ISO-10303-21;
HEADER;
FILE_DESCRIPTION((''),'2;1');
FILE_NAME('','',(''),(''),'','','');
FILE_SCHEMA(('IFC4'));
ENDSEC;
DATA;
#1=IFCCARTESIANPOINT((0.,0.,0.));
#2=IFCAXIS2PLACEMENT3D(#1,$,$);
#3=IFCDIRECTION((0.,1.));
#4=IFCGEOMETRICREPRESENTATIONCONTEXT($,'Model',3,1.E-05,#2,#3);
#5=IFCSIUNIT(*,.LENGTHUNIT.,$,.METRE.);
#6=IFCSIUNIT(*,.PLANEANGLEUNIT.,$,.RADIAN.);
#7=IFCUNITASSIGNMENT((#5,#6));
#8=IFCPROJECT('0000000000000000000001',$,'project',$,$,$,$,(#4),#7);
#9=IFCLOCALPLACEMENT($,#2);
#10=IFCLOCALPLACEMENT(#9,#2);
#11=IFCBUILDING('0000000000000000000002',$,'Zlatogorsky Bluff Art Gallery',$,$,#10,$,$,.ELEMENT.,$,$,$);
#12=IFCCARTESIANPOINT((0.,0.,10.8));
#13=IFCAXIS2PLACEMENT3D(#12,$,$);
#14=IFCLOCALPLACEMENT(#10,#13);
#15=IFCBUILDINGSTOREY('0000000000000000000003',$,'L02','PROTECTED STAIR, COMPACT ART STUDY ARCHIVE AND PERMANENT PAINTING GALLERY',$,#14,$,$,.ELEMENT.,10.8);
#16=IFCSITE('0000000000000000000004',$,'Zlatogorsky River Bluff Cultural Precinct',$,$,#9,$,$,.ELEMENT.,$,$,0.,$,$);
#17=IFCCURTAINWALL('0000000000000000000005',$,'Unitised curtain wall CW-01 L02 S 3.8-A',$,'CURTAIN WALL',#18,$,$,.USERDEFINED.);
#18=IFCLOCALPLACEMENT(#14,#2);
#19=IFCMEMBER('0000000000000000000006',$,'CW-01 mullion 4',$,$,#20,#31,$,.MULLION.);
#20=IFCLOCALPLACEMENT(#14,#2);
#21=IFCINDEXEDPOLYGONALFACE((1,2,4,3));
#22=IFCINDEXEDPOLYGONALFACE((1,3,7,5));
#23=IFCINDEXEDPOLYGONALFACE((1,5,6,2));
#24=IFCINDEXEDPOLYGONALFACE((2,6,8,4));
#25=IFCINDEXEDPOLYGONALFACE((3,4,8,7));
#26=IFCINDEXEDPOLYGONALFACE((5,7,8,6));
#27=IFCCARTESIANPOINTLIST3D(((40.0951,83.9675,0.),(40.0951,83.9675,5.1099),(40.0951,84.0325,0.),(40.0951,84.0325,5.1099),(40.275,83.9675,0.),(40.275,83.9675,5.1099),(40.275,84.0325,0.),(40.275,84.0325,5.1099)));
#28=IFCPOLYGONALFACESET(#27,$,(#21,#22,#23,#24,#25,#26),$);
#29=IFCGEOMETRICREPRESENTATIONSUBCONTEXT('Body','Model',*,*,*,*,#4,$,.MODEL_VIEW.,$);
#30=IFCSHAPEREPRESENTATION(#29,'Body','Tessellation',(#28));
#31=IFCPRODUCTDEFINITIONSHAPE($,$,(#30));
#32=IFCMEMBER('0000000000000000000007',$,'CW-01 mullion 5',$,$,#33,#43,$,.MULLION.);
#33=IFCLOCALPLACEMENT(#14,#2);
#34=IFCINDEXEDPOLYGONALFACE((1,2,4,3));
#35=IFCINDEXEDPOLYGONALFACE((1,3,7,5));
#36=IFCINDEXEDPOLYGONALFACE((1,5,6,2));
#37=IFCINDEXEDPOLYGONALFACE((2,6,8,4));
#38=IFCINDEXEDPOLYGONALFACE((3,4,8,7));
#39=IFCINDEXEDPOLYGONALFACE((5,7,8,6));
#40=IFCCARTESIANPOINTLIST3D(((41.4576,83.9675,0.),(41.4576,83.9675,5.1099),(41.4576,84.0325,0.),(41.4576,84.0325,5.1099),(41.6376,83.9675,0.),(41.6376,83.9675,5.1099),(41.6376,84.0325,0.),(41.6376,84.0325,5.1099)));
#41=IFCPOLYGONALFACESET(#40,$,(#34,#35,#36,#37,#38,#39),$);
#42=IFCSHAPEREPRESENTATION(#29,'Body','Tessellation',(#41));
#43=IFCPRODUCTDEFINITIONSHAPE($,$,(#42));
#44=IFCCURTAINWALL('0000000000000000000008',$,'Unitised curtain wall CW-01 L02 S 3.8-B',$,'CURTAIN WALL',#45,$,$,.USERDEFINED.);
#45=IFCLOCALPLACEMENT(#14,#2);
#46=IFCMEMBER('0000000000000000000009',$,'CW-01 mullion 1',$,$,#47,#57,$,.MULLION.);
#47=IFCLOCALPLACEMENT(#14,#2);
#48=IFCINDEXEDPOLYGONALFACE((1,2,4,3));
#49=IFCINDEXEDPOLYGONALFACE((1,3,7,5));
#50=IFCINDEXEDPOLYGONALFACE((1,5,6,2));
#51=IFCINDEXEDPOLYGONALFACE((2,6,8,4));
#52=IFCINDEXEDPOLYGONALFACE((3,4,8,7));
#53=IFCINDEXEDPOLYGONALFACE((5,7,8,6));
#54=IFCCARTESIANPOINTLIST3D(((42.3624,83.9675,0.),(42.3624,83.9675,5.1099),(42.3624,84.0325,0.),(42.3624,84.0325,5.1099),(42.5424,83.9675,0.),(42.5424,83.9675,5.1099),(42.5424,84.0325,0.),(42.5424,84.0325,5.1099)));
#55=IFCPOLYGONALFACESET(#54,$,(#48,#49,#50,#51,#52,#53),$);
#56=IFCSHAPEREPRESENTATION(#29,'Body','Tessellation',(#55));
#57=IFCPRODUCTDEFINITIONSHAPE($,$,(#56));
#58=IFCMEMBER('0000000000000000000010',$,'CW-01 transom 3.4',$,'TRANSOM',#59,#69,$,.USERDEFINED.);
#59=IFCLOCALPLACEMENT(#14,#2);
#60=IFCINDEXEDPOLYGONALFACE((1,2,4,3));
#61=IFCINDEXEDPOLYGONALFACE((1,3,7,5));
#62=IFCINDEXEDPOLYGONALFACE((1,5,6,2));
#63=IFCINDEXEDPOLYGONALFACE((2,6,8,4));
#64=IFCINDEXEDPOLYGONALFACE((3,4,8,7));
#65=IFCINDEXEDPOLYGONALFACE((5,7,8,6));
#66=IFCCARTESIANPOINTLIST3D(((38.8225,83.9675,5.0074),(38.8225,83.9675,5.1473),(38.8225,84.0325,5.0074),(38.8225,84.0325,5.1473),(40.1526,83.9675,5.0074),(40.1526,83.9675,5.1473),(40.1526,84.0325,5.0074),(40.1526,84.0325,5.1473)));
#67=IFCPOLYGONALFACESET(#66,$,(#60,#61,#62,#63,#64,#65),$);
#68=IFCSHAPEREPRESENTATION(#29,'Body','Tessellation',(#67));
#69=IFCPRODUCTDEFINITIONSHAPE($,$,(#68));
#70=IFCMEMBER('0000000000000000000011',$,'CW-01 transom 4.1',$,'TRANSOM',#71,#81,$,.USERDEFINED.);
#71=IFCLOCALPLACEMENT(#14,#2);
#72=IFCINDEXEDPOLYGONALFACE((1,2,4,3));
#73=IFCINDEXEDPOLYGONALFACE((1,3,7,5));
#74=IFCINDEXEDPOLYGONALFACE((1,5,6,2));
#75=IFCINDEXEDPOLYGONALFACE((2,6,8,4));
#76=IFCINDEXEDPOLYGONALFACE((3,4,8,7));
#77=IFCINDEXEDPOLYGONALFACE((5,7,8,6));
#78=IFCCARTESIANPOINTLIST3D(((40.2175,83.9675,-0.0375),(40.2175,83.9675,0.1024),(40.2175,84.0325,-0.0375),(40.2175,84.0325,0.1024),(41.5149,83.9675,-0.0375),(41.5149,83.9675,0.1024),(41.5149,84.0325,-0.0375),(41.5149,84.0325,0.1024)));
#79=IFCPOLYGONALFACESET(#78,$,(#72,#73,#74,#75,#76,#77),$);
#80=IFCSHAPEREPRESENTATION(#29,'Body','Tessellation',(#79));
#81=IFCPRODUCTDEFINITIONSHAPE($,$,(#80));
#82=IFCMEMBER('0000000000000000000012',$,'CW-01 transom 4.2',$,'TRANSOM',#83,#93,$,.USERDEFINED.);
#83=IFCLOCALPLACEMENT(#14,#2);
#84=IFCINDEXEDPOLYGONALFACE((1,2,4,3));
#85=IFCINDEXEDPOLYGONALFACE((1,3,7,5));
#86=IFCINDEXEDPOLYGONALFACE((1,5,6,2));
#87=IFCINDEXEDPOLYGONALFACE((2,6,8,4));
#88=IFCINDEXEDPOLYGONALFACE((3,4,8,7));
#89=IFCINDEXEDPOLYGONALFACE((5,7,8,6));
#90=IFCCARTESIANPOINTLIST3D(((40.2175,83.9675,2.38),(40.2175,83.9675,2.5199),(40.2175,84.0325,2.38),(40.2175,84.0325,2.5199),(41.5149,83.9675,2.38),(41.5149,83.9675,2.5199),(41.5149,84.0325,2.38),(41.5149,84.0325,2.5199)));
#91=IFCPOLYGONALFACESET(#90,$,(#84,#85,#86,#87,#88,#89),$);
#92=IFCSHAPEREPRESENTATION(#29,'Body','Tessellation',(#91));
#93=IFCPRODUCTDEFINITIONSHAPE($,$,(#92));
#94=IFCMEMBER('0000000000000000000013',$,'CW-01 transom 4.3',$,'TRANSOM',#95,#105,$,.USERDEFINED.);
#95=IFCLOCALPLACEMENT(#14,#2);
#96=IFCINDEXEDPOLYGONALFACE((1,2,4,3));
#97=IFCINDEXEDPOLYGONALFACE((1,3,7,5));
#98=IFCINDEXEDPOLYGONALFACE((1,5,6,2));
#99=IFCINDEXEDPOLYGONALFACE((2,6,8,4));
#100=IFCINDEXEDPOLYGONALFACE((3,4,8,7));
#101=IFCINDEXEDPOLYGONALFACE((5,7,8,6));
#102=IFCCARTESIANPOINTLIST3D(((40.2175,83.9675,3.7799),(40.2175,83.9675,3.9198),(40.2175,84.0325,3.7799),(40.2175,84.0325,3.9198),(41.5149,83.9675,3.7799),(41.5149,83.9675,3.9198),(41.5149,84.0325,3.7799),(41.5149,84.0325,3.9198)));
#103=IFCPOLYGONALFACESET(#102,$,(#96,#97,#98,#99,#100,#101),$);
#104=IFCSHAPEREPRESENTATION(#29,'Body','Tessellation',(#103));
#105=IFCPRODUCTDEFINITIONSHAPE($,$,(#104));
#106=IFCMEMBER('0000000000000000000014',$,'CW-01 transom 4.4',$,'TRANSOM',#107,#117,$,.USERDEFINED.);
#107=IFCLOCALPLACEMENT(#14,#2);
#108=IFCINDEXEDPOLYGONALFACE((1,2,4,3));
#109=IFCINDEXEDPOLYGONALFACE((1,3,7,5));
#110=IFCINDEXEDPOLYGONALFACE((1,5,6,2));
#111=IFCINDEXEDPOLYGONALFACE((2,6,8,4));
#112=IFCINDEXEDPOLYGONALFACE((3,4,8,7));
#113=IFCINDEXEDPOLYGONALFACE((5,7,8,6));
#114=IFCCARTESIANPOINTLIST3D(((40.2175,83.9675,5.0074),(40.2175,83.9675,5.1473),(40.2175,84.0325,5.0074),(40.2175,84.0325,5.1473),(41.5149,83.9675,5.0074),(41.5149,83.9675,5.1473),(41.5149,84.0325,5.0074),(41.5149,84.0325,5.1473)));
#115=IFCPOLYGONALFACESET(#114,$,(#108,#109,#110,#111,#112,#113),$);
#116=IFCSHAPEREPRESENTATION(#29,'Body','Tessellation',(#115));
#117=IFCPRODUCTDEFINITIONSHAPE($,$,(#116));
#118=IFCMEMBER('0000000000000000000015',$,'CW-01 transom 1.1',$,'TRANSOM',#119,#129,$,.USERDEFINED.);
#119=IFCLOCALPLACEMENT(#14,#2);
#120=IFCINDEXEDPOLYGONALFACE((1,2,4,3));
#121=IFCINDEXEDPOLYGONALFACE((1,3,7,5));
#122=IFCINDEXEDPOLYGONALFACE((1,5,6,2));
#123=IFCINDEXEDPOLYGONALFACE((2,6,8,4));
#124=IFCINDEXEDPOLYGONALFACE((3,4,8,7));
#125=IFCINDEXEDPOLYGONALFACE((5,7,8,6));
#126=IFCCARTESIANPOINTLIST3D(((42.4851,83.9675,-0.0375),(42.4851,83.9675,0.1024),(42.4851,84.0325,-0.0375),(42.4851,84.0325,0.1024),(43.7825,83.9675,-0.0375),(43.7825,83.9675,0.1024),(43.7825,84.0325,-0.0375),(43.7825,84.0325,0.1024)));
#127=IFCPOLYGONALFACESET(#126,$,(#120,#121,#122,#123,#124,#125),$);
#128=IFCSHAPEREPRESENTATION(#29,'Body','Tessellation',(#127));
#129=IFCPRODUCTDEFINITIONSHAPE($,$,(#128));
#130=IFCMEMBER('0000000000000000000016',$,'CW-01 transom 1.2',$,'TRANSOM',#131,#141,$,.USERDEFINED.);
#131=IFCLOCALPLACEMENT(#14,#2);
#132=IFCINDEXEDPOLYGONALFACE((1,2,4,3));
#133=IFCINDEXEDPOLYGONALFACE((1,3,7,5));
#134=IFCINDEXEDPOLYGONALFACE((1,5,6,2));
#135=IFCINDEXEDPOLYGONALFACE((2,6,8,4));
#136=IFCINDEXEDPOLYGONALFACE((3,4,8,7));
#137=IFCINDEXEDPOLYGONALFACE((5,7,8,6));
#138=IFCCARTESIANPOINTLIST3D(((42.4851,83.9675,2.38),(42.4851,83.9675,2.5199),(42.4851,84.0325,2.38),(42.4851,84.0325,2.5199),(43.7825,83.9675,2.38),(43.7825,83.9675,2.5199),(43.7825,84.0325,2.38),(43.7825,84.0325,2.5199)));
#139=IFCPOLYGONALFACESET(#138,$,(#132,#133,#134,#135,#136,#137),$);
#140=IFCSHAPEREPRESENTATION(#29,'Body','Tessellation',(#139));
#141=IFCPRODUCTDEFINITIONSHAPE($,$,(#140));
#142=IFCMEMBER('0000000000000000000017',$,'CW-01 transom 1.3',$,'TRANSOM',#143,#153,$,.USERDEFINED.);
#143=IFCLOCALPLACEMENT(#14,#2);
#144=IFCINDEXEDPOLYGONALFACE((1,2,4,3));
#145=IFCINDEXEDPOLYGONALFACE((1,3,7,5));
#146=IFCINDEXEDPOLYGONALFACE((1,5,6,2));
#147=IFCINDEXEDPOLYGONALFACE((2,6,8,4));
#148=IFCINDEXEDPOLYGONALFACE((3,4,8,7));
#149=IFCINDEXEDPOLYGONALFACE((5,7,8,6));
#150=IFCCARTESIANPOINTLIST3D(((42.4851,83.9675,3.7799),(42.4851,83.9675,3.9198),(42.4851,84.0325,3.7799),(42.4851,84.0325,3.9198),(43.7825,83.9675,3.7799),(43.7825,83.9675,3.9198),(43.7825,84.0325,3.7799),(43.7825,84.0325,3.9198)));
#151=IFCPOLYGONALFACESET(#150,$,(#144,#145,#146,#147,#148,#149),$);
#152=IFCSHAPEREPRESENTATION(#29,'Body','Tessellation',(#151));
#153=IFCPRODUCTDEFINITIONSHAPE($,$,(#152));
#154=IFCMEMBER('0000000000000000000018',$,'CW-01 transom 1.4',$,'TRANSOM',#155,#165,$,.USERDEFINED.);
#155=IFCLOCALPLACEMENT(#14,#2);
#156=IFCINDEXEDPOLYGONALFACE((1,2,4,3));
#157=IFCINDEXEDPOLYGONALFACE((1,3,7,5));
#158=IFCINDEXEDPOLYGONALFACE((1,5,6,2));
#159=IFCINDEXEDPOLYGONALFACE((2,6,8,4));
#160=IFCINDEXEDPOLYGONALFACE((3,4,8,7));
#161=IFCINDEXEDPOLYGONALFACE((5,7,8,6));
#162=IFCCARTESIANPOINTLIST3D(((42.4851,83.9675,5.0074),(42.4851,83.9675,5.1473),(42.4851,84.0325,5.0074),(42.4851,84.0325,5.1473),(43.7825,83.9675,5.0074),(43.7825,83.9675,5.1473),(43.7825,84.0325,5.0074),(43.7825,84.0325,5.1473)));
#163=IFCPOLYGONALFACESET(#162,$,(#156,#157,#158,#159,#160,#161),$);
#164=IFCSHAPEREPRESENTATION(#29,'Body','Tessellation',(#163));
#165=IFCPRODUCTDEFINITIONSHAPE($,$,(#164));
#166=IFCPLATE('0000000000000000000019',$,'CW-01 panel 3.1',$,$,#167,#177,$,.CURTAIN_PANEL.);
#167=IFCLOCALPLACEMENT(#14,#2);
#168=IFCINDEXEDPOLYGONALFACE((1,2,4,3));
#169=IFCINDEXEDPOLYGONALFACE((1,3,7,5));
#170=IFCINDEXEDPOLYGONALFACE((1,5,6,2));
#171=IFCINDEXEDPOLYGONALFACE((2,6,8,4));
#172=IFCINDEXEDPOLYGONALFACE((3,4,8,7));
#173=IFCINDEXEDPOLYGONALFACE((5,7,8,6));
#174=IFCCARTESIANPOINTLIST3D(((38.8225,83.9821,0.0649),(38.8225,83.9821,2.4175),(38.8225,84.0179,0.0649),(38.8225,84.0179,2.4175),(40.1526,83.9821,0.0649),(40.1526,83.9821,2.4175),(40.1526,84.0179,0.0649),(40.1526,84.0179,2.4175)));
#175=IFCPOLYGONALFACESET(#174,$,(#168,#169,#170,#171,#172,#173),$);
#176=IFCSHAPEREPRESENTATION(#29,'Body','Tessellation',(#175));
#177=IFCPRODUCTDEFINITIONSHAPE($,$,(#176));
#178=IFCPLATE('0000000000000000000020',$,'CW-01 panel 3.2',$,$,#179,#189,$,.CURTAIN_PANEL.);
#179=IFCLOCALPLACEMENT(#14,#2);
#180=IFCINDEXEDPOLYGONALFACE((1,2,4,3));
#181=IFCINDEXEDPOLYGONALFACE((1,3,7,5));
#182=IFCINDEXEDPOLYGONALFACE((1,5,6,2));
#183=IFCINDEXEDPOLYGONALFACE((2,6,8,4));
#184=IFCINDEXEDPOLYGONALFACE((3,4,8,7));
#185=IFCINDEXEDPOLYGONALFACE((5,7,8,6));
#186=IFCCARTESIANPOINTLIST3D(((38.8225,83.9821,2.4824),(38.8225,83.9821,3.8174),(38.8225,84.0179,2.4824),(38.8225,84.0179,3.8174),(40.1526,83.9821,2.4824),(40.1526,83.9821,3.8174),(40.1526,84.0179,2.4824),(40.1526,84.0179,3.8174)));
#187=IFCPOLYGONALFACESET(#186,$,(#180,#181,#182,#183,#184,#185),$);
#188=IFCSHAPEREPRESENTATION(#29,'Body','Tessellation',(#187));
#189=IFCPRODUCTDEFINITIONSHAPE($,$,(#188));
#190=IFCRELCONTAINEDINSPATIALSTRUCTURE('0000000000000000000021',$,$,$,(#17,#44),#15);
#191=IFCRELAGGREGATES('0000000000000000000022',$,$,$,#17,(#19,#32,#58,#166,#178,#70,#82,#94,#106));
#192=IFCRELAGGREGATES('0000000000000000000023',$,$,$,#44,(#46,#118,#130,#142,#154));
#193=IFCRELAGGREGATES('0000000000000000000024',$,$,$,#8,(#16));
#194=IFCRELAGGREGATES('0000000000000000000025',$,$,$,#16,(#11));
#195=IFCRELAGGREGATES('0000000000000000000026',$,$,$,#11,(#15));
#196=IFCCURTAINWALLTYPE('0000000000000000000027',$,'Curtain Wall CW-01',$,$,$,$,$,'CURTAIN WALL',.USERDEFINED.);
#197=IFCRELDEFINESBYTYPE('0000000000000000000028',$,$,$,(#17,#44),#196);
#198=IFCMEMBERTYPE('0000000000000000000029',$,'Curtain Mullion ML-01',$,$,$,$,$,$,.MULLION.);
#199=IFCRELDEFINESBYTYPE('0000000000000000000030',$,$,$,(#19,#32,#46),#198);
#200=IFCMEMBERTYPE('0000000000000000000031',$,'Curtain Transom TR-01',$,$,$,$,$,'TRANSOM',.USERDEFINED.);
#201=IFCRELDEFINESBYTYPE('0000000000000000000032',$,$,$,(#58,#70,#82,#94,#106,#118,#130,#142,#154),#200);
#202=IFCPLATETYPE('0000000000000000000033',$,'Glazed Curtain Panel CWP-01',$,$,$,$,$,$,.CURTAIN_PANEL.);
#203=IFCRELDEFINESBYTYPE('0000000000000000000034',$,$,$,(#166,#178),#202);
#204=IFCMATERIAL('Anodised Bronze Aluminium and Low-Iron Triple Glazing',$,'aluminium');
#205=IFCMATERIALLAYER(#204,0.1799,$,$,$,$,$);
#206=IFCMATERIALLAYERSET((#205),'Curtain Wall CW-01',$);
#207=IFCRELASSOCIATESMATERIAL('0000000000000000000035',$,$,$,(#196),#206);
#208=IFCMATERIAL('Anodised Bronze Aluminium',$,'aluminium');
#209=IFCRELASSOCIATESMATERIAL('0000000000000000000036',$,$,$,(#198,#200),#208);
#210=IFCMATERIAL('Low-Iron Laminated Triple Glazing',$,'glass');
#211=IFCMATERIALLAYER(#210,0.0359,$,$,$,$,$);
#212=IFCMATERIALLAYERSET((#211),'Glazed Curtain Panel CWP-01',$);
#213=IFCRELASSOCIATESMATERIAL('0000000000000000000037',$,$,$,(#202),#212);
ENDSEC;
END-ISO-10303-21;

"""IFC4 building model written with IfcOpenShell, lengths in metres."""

from ifc_helpers import new_model, si_unit, direction, frame, origin, origin_2d, place, context, subcontext, project, spatial, rectangle, extrude, material, layer, layer_set, material_profile, profile_set, type_object, element, aggregate, save


model = new_model("IFC4")

# Units and contexts
model_context = context("Model", 3, precision=1e-05, world=origin(), true_north=direction((0.0, 1.0)))
body_context = subcontext(model_context, "Body", "Model", "MODEL_VIEW")
ifc_project = project(units=[si_unit("LENGTHUNIT", "METRE"), si_unit("PLANEANGLEUNIT", "RADIAN")], contexts=[model_context])

# Site, building, storey
site_placement = place(None, origin())
site = spatial("IfcSite", under=ifc_project, at=site_placement, Name="Zlatogorsky River Bluff Cultural Precinct", CompositionType="ELEMENT", RefElevation=0.0)
building_placement = place(site_placement, origin())
building = spatial("IfcBuilding", under=site, at=building_placement, Name="Zlatogorsky Bluff Art Gallery", CompositionType="ELEMENT")
storey_placement = place(building_placement, frame((0.0, 0.0, 10.8)))
storey = spatial("IfcBuildingStorey", under=building, at=storey_placement, Name="L02", Description="PROTECTED STAIR, COMPACT ART STUDY ARCHIVE AND PERMANENT PAINTING GALLERY", CompositionType="ELEMENT", Elevation=10.8)

# Curtain wall, members
ifc_material_1 = material(Name="Anodised Bronze Aluminium and Low-Iron Triple Glazing", Category="aluminium")
ifc_layer_1 = layer(ifc_material_1, 0.1799)
ifc_layer_set_1 = layer_set([ifc_layer_1], Name="Curtain Wall CW-01")
curtain_wall_type = type_object("IfcCurtainWallType", Name="Curtain Wall CW-01", ElementType="CURTAIN WALL", PredefinedType="USERDEFINED", material=ifc_layer_set_1)
curtain_wall_1_placement = place(storey_placement, origin())
curtain_wall_1 = element("IfcCurtainWall", 1, at=curtain_wall_1_placement, inside=storey, type_object=curtain_wall_type, Name="Unitised curtain wall CW-01 L02 S 3.8-A", ObjectType="CURTAIN WALL", PredefinedType="USERDEFINED")
ifc_material_2 = material(Name="Anodised Bronze Aluminium", Category="aluminium")
ifc_material_profile_1 = material_profile(ifc_material_2, rectangle(XDim=0.0649, YDim=0.1799, at=origin_2d()), Name="ALU MULLION 65x180")
ifc_profile_set_1 = profile_set([ifc_material_profile_1], Name="Anodised Bronze Aluminium")
member_type_1 = type_object("IfcMemberType", Name="Curtain Mullion ML-01", PredefinedType="MULLION", material=ifc_profile_set_1)
member_1_placement = place(storey_placement, frame((40.1851, 84.0, 0.0), z_axis=(0.0, 0.0, 1.0), x_axis=(0.0, 1.0, 0.0)))
member_1 = element("IfcMember", 2, at=member_1_placement, type_object=member_type_1, Name="CW-01 mullion 4", PredefinedType="MULLION", context=body_context, shape_type="SweptSolid", body=[
    extrude(rectangle(XDim=0.0649, YDim=0.1799, at=origin_2d()), origin(), (0.0, 0.0, 1.0), 5.1099),
])
member_2_placement = place(storey_placement, frame((41.5476, 84.0, 0.0), z_axis=(0.0, 0.0, 1.0), x_axis=(0.0, 1.0, 0.0)))
member_2 = element("IfcMember", 3, at=member_2_placement, type_object=member_type_1, Name="CW-01 mullion 5", PredefinedType="MULLION", context=body_context, shape_type="SweptSolid", body=[
    extrude(rectangle(XDim=0.0649, YDim=0.1799, at=origin_2d()), origin(), (0.0, 0.0, 1.0), 5.1099),
])

# Curtain wall, member
curtain_wall_2_placement = place(storey_placement, origin())
curtain_wall_2 = element("IfcCurtainWall", 4, at=curtain_wall_2_placement, inside=storey, type_object=curtain_wall_type, Name="Unitised curtain wall CW-01 L02 S 3.8-B", ObjectType="CURTAIN WALL", PredefinedType="USERDEFINED")
member_3_placement = place(storey_placement, frame((42.4524, 84.0, 0.0), z_axis=(0.0, 0.0, 1.0), x_axis=(0.0, 1.0, 0.0)))
member_3 = element("IfcMember", 5, at=member_3_placement, type_object=member_type_1, Name="CW-01 mullion 1", PredefinedType="MULLION", context=body_context, shape_type="SweptSolid", body=[
    extrude(rectangle(XDim=0.0649, YDim=0.1799, at=origin_2d()), origin(), (0.0, 0.0, 1.0), 5.1099),
])

# Members
ifc_material_profile_2 = material_profile(ifc_material_2, rectangle(XDim=0.0649, YDim=0.1399, at=origin_2d()), Name="ALU TRANSOM 65x140")
ifc_profile_set_2 = profile_set([ifc_material_profile_2], Name="Anodised Bronze Aluminium")
member_type_2 = type_object("IfcMemberType", Name="Curtain Transom TR-01", ElementType="TRANSOM", PredefinedType="USERDEFINED", material=ifc_profile_set_2)
member_4_placement = place(storey_placement, frame((38.8225, 84.0, 5.0774), z_axis=(1.0, 0.0, 0.0), x_axis=(0.0, 1.0, 0.0)))
member_4 = element("IfcMember", 6, at=member_4_placement, type_object=member_type_2, Name="CW-01 transom 3.4", ObjectType="TRANSOM", PredefinedType="USERDEFINED", context=body_context, shape_type="SweptSolid", body=[
    extrude(rectangle(XDim=0.0649, YDim=0.1399, at=origin_2d()), origin(), (0.0, 0.0, 1.0), 1.3301),
])
member_5_placement = place(storey_placement, frame((40.2175, 84.0, 0.0325), z_axis=(1.0, 0.0, 0.0), x_axis=(0.0, 1.0, 0.0)))
member_5 = element("IfcMember", 7, at=member_5_placement, type_object=member_type_2, Name="CW-01 transom 4.1", ObjectType="TRANSOM", PredefinedType="USERDEFINED", context=body_context, shape_type="SweptSolid", body=[
    extrude(rectangle(XDim=0.0649, YDim=0.1399, at=origin_2d()), origin(), (0.0, 0.0, 1.0), 1.2974),
])
member_6_placement = place(storey_placement, frame((40.2175, 84.0, 2.45), z_axis=(1.0, 0.0, 0.0), x_axis=(0.0, 1.0, 0.0)))
member_6 = element("IfcMember", 8, at=member_6_placement, type_object=member_type_2, Name="CW-01 transom 4.2", ObjectType="TRANSOM", PredefinedType="USERDEFINED", context=body_context, shape_type="SweptSolid", body=[
    extrude(rectangle(XDim=0.0649, YDim=0.1399, at=origin_2d()), origin(), (0.0, 0.0, 1.0), 1.2974),
])
member_7_placement = place(storey_placement, frame((40.2175, 84.0, 3.8499), z_axis=(1.0, 0.0, 0.0), x_axis=(0.0, 1.0, 0.0)))
member_7 = element("IfcMember", 9, at=member_7_placement, type_object=member_type_2, Name="CW-01 transom 4.3", ObjectType="TRANSOM", PredefinedType="USERDEFINED", context=body_context, shape_type="SweptSolid", body=[
    extrude(rectangle(XDim=0.0649, YDim=0.1399, at=origin_2d()), origin(), (0.0, 0.0, 1.0), 1.2974),
])
member_8_placement = place(storey_placement, frame((40.2175, 84.0, 5.0774), z_axis=(1.0, 0.0, 0.0), x_axis=(0.0, 1.0, 0.0)))
member_8 = element("IfcMember", 10, at=member_8_placement, type_object=member_type_2, Name="CW-01 transom 4.4", ObjectType="TRANSOM", PredefinedType="USERDEFINED", context=body_context, shape_type="SweptSolid", body=[
    extrude(rectangle(XDim=0.0649, YDim=0.1399, at=origin_2d()), origin(), (0.0, 0.0, 1.0), 1.2974),
])
member_9_placement = place(storey_placement, frame((42.4851, 84.0, 0.0325), z_axis=(1.0, 0.0, 0.0), x_axis=(0.0, 1.0, 0.0)))
member_9 = element("IfcMember", 11, at=member_9_placement, type_object=member_type_2, Name="CW-01 transom 1.1", ObjectType="TRANSOM", PredefinedType="USERDEFINED", context=body_context, shape_type="SweptSolid", body=[
    extrude(rectangle(XDim=0.0649, YDim=0.1399, at=origin_2d()), origin(), (0.0, 0.0, 1.0), 1.2974),
])
member_10_placement = place(storey_placement, frame((42.4851, 84.0, 2.45), z_axis=(1.0, 0.0, 0.0), x_axis=(0.0, 1.0, 0.0)))
member_10 = element("IfcMember", 12, at=member_10_placement, type_object=member_type_2, Name="CW-01 transom 1.2", ObjectType="TRANSOM", PredefinedType="USERDEFINED", context=body_context, shape_type="SweptSolid", body=[
    extrude(rectangle(XDim=0.0649, YDim=0.1399, at=origin_2d()), origin(), (0.0, 0.0, 1.0), 1.2974),
])
member_11_placement = place(storey_placement, frame((42.4851, 84.0, 3.8499), z_axis=(1.0, 0.0, 0.0), x_axis=(0.0, 1.0, 0.0)))
member_11 = element("IfcMember", 13, at=member_11_placement, type_object=member_type_2, Name="CW-01 transom 1.3", ObjectType="TRANSOM", PredefinedType="USERDEFINED", context=body_context, shape_type="SweptSolid", body=[
    extrude(rectangle(XDim=0.0649, YDim=0.1399, at=origin_2d()), origin(), (0.0, 0.0, 1.0), 1.2974),
])
member_12_placement = place(storey_placement, frame((42.4851, 84.0, 5.0774), z_axis=(1.0, 0.0, 0.0), x_axis=(0.0, 1.0, 0.0)))
member_12 = element("IfcMember", 14, at=member_12_placement, type_object=member_type_2, Name="CW-01 transom 1.4", ObjectType="TRANSOM", PredefinedType="USERDEFINED", context=body_context, shape_type="SweptSolid", body=[
    extrude(rectangle(XDim=0.0649, YDim=0.1399, at=origin_2d()), origin(), (0.0, 0.0, 1.0), 1.2974),
])

# Plates
ifc_material_3 = material(Name="Low-Iron Laminated Triple Glazing", Category="glass")
ifc_layer_2 = layer(ifc_material_3, 0.0359)
ifc_layer_set_2 = layer_set([ifc_layer_2], Name="Glazed Curtain Panel CWP-01")
plate_type = type_object("IfcPlateType", Name="Glazed Curtain Panel CWP-01", PredefinedType="CURTAIN_PANEL", material=ifc_layer_set_2)
plate_1_placement = place(storey_placement, frame((39.4875, 84.0, 0.0649), z_axis=(0.0, 0.0, 1.0), x_axis=(1.0, 0.0, 0.0)))
plate_1 = element("IfcPlate", 15, at=plate_1_placement, type_object=plate_type, Name="CW-01 panel 3.1", PredefinedType="CURTAIN_PANEL", context=body_context, shape_type="SweptSolid", body=[
    extrude(rectangle(XDim=1.3301, YDim=0.0359, at=origin_2d()), origin(), (0.0, 0.0, 1.0), 2.3525),
])
plate_2_placement = place(storey_placement, frame((39.4875, 84.0, 2.4824), z_axis=(0.0, 0.0, 1.0), x_axis=(1.0, 0.0, 0.0)))
plate_2 = element("IfcPlate", 16, at=plate_2_placement, type_object=plate_type, Name="CW-01 panel 3.2", PredefinedType="CURTAIN_PANEL", context=body_context, shape_type="SweptSolid", body=[
    extrude(rectangle(XDim=1.3301, YDim=0.0359, at=origin_2d()), origin(), (0.0, 0.0, 1.0), 1.335),
])
aggregate(curtain_wall_1, [member_1, member_2, member_4, plate_1, plate_2, member_5, member_6, member_7, member_8])
aggregate(curtain_wall_2, [member_3, member_9, member_10, member_11, member_12])

save(model, "model.ifc")
